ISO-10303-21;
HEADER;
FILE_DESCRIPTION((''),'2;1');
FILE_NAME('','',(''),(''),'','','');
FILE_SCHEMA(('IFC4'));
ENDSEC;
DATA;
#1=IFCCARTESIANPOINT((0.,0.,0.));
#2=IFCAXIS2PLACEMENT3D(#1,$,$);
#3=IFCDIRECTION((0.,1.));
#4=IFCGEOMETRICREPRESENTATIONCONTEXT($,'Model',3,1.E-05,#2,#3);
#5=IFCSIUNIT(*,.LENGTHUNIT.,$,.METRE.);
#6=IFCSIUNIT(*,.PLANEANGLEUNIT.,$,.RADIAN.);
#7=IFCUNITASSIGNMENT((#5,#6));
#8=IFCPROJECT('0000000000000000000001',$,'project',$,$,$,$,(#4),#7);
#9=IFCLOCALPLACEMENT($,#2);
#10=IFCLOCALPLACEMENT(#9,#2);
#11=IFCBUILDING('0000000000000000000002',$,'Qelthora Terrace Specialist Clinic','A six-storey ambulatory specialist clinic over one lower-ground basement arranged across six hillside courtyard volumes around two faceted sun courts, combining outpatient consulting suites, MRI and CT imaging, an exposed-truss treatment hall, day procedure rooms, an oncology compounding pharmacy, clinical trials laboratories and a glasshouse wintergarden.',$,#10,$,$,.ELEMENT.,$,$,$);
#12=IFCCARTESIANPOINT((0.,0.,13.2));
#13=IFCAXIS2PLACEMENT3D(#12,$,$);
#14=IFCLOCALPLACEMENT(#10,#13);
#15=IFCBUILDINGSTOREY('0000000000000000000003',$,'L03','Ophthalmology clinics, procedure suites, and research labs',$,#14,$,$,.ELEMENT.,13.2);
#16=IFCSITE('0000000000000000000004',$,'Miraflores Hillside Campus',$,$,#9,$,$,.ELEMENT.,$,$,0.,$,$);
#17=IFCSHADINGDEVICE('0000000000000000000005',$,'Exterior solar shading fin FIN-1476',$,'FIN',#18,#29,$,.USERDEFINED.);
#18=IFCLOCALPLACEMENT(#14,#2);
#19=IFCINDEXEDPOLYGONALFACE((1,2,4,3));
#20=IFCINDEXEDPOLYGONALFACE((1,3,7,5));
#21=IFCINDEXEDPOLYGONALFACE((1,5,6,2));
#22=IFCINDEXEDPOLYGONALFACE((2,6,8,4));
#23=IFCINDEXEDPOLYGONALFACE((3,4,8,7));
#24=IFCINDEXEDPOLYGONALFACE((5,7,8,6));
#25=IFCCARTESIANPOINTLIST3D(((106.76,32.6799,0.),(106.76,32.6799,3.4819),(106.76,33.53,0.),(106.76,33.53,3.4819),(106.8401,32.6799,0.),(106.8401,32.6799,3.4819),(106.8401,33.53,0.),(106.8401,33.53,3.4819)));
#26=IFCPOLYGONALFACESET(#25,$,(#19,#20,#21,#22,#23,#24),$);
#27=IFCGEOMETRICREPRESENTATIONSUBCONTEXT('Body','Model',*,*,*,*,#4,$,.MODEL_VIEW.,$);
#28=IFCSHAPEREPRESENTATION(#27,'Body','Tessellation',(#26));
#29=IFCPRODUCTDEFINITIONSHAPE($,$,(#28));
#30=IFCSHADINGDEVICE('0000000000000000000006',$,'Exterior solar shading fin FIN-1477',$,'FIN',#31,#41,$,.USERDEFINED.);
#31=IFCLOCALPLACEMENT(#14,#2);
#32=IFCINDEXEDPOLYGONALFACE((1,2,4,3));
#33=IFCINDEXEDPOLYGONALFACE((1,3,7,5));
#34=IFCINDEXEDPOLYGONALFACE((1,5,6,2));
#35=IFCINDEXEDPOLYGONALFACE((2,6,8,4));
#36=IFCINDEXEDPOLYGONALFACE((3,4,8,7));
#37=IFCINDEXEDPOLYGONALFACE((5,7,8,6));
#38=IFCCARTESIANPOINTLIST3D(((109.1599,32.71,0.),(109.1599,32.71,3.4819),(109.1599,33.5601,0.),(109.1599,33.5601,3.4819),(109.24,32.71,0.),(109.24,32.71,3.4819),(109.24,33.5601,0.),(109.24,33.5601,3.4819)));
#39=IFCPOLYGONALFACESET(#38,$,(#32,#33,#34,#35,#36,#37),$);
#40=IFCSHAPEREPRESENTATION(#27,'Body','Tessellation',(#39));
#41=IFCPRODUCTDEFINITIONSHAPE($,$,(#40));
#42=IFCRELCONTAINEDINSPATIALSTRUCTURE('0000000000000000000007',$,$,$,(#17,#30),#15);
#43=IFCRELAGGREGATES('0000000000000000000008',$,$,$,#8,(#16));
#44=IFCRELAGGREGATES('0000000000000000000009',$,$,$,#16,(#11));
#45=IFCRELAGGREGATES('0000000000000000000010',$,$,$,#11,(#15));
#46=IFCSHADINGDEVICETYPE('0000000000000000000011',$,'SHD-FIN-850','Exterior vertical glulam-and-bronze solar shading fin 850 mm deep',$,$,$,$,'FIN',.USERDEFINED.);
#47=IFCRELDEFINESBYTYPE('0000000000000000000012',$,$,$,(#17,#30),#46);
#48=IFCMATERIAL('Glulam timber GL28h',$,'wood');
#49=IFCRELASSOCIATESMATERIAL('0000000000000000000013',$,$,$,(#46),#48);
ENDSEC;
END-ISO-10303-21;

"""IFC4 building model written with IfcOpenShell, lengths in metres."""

from ifc_helpers import new_model, si_unit, direction, frame, origin, origin_2d, place, context, subcontext, project, spatial, rectangle, extrude, material, type_object, element, save


model = new_model("IFC4")

# Units and contexts
model_context = context("Model", 3, precision=1e-05, world=origin(), true_north=direction((0.0, 1.0)))
body_context = subcontext(model_context, "Body", "Model", "MODEL_VIEW")
ifc_project = project(units=[si_unit("LENGTHUNIT", "METRE"), si_unit("PLANEANGLEUNIT", "RADIAN")], contexts=[model_context])

# Site, building, storey
site_placement = place(None, origin())
site = spatial("IfcSite", under=ifc_project, at=site_placement, Name="Miraflores Hillside Campus", CompositionType="ELEMENT", RefElevation=0.0)
building_placement = place(site_placement, origin())
building = spatial("IfcBuilding", under=site, at=building_placement, Name="Qelthora Terrace Specialist Clinic", Description="A six-storey ambulatory specialist clinic over one lower-ground basement arranged across six hillside courtyard volumes around two faceted sun courts, combining outpatient consulting suites, MRI and CT imaging, an exposed-truss treatment hall, day procedure rooms, an oncology compounding pharmacy, clinical trials laboratories and a glasshouse wintergarden.", CompositionType="ELEMENT")
storey_placement = place(building_placement, frame((0.0, 0.0, 13.2)))
storey = spatial("IfcBuildingStorey", under=building, at=storey_placement, Name="L03", Description="Ophthalmology clinics, procedure suites, and research labs", CompositionType="ELEMENT", Elevation=13.2)

# Shading devices
ifc_material_1 = material(Name="Glulam timber GL28h", Category="wood")
shading_device_type = type_object("IfcShadingDeviceType", Name="SHD-FIN-850", Description="Exterior vertical glulam-and-bronze solar shading fin 850 mm deep", ElementType="FIN", PredefinedType="USERDEFINED", material=ifc_material_1)
for number, where, z_axis, x_axis, name in (
    (1, (106.8, 33.105, 0.0), (0.0, 0.0, 1.0), (0.0, -1.0, 0.0), "Exterior solar shading fin FIN-1476"),
    (2, (109.2, 33.135, 0.0), (0.0, 0.0, 1.0), (0.0, -1.0, 0.0), "Exterior solar shading fin FIN-1477"),
):
    element("IfcShadingDevice", number, at=place(storey_placement, frame(where, z_axis=z_axis, x_axis=x_axis)), inside=storey, type_object=shading_device_type, Name=name, ObjectType="FIN", PredefinedType="USERDEFINED", context=body_context, shape_type="SweptSolid", body=[
        extrude(rectangle(XDim=0.8501, YDim=0.0801, at=origin_2d()), origin(), (0.0, 0.0, 1.0), 3.4819),
    ])

save(model, "model.ifc")
